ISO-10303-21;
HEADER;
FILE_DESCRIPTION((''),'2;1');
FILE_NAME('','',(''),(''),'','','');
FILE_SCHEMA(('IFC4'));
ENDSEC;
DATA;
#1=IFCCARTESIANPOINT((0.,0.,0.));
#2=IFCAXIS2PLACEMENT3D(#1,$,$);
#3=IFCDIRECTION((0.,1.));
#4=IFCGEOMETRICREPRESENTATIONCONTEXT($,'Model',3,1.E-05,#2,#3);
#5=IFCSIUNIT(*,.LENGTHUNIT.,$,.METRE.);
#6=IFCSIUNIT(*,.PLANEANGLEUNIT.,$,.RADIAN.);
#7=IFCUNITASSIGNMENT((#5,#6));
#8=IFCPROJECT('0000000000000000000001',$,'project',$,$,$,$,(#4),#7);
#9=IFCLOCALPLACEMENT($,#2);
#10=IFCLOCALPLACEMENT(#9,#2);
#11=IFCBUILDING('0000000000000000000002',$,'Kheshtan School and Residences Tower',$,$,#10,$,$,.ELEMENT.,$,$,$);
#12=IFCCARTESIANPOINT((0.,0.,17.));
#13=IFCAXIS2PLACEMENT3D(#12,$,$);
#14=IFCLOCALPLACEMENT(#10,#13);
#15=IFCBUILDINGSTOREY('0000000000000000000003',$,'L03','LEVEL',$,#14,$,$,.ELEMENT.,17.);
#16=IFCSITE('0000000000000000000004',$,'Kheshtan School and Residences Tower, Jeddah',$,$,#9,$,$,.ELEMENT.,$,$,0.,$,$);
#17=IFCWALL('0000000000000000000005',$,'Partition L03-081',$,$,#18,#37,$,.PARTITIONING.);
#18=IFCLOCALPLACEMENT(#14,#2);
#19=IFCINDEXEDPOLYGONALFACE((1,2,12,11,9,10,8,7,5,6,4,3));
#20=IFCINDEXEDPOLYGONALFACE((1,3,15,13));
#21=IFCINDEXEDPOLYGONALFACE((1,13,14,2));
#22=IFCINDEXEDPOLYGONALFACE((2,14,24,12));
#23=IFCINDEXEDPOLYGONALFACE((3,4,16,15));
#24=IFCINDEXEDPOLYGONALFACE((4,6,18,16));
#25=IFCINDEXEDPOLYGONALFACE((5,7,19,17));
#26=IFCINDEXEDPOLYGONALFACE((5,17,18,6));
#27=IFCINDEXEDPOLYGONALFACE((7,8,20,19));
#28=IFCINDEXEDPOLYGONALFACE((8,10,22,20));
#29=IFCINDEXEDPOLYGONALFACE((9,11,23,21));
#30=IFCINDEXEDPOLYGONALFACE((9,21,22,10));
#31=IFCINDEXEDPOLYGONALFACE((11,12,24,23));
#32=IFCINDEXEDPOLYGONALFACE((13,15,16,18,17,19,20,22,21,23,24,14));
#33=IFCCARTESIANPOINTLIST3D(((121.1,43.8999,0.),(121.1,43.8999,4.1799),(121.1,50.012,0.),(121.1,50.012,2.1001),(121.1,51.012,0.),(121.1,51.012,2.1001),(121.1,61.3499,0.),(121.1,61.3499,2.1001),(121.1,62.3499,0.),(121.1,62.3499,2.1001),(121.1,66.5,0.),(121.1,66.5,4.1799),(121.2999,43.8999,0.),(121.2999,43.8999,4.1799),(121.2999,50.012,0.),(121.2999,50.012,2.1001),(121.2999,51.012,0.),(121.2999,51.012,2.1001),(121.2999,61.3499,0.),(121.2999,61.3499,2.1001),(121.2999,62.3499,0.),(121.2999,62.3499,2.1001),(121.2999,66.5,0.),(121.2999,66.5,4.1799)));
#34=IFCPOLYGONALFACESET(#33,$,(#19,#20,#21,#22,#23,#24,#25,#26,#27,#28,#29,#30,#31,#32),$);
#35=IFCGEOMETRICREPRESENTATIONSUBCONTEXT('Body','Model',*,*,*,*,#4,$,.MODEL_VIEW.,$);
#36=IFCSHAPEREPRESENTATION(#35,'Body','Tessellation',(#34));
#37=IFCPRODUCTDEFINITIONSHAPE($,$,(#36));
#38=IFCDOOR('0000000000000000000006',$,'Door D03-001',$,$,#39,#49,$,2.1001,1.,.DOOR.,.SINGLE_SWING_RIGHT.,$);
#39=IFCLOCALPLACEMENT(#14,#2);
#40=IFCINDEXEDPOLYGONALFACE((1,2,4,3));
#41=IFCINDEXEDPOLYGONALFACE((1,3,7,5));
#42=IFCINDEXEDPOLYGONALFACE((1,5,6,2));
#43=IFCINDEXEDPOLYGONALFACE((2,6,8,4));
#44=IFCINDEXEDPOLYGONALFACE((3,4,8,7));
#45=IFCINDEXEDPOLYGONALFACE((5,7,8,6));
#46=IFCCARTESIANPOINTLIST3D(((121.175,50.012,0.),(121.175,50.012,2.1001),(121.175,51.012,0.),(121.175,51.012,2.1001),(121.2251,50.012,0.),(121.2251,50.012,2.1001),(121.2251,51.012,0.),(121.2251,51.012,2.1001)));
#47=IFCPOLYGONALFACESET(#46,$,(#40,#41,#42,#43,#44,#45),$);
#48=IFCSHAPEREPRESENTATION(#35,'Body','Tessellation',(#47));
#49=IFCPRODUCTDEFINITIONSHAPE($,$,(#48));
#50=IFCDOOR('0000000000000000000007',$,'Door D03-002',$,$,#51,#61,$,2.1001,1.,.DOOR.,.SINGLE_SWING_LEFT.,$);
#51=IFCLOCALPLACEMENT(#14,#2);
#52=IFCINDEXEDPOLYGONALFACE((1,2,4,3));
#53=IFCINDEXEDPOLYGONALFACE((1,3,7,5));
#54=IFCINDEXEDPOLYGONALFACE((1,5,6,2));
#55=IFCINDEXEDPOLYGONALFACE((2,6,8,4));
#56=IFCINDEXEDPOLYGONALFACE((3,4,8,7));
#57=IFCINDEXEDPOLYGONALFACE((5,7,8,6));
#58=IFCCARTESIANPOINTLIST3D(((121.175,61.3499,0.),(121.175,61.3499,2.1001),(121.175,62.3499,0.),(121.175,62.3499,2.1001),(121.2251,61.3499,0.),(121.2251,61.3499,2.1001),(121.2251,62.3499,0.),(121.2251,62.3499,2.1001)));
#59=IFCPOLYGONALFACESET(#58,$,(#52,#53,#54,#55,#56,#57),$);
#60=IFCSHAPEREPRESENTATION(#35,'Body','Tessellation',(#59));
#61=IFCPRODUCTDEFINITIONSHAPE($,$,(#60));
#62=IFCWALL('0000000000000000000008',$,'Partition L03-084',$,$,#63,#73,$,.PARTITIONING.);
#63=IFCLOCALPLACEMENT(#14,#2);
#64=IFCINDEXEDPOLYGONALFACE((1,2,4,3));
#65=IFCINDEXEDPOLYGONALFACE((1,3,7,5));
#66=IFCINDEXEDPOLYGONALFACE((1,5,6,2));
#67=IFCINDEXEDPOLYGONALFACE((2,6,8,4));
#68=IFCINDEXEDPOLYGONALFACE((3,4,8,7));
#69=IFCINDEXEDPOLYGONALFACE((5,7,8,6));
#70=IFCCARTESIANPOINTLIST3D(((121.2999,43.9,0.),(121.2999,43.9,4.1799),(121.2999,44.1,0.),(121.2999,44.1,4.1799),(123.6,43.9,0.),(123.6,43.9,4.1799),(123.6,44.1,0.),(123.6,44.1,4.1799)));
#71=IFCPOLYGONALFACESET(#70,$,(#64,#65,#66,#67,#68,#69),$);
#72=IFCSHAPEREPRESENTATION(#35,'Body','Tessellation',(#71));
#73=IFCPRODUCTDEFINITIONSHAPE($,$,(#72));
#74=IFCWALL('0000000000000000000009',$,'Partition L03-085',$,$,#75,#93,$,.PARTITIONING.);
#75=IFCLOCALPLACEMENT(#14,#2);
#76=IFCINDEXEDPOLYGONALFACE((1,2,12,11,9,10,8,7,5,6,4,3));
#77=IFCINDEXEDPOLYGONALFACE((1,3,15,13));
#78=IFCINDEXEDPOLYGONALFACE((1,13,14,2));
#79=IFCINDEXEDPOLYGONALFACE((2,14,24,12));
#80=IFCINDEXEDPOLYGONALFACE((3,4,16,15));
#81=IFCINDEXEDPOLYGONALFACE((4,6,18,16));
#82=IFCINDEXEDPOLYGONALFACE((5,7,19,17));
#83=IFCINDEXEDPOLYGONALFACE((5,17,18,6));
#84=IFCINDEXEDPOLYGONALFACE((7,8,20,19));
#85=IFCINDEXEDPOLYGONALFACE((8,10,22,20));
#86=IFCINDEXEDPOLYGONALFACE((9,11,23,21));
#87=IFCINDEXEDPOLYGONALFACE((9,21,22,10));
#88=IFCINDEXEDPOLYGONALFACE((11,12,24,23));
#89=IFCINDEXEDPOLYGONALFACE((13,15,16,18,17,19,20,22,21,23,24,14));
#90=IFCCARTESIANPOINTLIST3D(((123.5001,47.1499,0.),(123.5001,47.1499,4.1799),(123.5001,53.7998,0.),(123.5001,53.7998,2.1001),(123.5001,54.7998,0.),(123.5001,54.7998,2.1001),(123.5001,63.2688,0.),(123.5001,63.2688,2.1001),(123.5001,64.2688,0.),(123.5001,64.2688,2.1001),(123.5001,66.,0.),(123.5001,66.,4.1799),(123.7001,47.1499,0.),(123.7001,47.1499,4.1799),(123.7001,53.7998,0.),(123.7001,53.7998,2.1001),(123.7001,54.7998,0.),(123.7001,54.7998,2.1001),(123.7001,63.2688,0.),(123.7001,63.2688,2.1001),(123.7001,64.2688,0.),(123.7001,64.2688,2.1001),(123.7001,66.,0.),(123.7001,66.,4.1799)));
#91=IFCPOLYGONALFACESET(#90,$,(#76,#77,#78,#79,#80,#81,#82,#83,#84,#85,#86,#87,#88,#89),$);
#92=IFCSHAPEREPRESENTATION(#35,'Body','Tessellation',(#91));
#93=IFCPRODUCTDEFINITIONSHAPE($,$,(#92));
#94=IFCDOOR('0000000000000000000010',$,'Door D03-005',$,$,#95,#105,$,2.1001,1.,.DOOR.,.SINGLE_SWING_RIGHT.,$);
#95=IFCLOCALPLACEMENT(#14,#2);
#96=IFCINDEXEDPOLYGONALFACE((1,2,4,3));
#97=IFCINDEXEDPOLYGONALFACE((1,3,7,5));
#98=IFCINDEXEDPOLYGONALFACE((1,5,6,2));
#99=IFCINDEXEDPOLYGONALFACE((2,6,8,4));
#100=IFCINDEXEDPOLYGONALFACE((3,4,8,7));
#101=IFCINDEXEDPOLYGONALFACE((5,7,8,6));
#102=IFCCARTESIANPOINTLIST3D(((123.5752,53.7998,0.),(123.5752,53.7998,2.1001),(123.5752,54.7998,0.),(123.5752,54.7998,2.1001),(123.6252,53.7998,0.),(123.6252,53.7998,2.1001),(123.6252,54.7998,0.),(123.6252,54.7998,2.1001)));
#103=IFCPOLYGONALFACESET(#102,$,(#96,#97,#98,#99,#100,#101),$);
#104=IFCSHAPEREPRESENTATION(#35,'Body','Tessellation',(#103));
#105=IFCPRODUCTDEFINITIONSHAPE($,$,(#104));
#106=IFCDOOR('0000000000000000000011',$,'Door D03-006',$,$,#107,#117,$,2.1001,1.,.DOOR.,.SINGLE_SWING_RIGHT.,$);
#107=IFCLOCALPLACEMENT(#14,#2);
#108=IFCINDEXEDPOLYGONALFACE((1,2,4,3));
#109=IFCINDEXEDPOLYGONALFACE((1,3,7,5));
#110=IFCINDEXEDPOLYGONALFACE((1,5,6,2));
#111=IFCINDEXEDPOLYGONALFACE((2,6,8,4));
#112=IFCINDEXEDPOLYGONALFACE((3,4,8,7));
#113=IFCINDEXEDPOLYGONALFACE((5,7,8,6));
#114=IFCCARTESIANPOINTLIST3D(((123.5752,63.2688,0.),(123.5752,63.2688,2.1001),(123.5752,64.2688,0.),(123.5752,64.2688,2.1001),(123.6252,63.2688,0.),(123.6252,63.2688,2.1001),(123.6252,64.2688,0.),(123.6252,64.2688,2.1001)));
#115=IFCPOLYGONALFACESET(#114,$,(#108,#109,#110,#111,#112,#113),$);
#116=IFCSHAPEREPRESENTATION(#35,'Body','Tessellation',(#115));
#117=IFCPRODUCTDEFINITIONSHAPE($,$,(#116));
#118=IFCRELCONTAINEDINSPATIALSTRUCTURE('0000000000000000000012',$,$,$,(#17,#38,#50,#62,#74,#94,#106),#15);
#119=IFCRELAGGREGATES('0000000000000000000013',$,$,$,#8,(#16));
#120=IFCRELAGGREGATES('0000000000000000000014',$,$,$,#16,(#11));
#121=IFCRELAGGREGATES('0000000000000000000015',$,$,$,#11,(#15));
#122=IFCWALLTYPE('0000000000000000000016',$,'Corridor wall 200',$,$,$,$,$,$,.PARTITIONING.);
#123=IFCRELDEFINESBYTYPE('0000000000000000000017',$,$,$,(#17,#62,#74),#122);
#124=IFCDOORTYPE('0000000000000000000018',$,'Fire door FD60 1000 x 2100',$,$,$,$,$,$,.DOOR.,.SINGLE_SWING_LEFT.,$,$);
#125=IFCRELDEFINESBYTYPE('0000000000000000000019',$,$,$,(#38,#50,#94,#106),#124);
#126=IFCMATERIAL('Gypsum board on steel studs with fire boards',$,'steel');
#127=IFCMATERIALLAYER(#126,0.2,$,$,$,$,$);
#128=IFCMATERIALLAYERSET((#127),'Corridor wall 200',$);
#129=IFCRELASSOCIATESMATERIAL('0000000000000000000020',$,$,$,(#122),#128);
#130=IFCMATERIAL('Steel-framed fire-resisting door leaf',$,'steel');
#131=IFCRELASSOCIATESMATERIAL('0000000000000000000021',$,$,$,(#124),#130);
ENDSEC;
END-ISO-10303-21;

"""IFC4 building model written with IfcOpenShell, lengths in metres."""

from ifc_helpers import new_model, si_unit, direction, frame, frame_2d, origin, place, context, subcontext, project, spatial, rectangle, extrude, source, transform, mapped, material, layer, layer_set, type_object, element, fill, save


model = new_model("IFC4")

# Units and contexts
model_context = context("Model", 3, precision=1e-05, world=origin(), true_north=direction((0.0, 1.0)))
body_context = subcontext(model_context, "Body", "Model", "MODEL_VIEW")
ifc_project = project(units=[si_unit("LENGTHUNIT", "METRE"), si_unit("PLANEANGLEUNIT", "RADIAN")], contexts=[model_context])

# Site, building, storey
site_placement = place(None, origin())
site = spatial("IfcSite", under=ifc_project, at=site_placement, Name="Kheshtan School and Residences Tower, Jeddah", CompositionType="ELEMENT", RefElevation=0.0)
building_placement = place(site_placement, origin())
building = spatial("IfcBuilding", under=site, at=building_placement, Name="Kheshtan School and Residences Tower", CompositionType="ELEMENT")
storey_placement = place(building_placement, frame((0.0, 0.0, 17.0)))
storey = spatial("IfcBuildingStorey", under=building, at=storey_placement, Name="L03", Description="LEVEL", CompositionType="ELEMENT", Elevation=17.0)

# Wall, openings, doors
ifc_material_1 = material(Name="Gypsum board on steel studs with fire boards", Category="steel")
ifc_layer_1 = layer(ifc_material_1, 0.2)
ifc_layer_set_1 = layer_set([ifc_layer_1], Name="Corridor wall 200")
wall_type_1 = type_object("IfcWallType", Name="Corridor wall 200", PredefinedType="PARTITIONING", material=ifc_layer_set_1)
wall_1_placement = place(storey_placement, frame((121.2, 43.8999, 0.0), z_axis=(0.0, 0.0, 1.0), x_axis=(0.0, 1.0, 0.0)))
wall_1 = element("IfcWall", 1, at=wall_1_placement, inside=storey, type_object=wall_type_1, Name="Partition L03-081", PredefinedType="PARTITIONING", context=body_context, shape_type="SweptSolid", body=[
    extrude(rectangle(XDim=22.6001, YDim=0.2, at=frame_2d((11.3, 0.0))), origin(), (0.0, 0.0, 1.0), 4.1799),
])
opening_1_placement = place(wall_1_placement, frame((6.1121, 0.0, 0.0)))
opening_1 = element("IfcOpeningElement", 2, at=opening_1_placement, cuts=wall_1, PredefinedType="OPENING", context=body_context, shape_type="SweptSolid", body=[
    extrude(rectangle(XDim=1.0, YDim=2.1001, at=frame_2d((0.5, 1.05))), frame((0.0, 0.1099, 0.0), z_axis=(0.0, -1.0, 0.0), x_axis=(1.0, 0.0, 0.0)), (0.0, 0.0, 1.0), 0.22),
])
opening_2_placement = place(wall_1_placement, frame((17.45, 0.0, 0.0)))
opening_2 = element("IfcOpeningElement", 3, at=opening_2_placement, cuts=wall_1, PredefinedType="OPENING", context=body_context, shape_type="SweptSolid", body=[
    extrude(rectangle(XDim=1.0, YDim=2.1001, at=frame_2d((0.5, 1.05))), frame((0.0, 0.1099, 0.0), z_axis=(0.0, -1.0, 0.0), x_axis=(1.0, 0.0, 0.0)), (0.0, 0.0, 1.0), 0.22),
])
ifc_material_2 = material(Name="Steel-framed fire-resisting door leaf", Category="steel")
door_type_1 = type_object("IfcDoorType", Name="Fire door FD60 1000 x 2100", OperationType="SINGLE_SWING_LEFT", PredefinedType="DOOR", material=ifc_material_2)
shared_shape_1 = source(origin(), body_context, "Body", "SweptSolid", [
    extrude(rectangle(XDim=1.0, YDim=2.1001, at=frame_2d((0.5, 1.05))), frame((0.0, 0.0249, 0.0), z_axis=(0.0, -1.0, 0.0), x_axis=(1.0, 0.0, 0.0)), (0.0, 0.0, 1.0), 0.05),
])
door_1_placement = place(opening_1_placement, origin())
door_1 = element("IfcDoor", 4, at=door_1_placement, inside=storey, type_object=door_type_1, Name="Door D03-001", OperationType="SINGLE_SWING_RIGHT", OverallHeight=2.1001, OverallWidth=1.0, PredefinedType="DOOR", context=body_context, shape_type="MappedRepresentation", body=[
    mapped(shared_shape_1, transform((0.0, 0.0, 0.0), x_axis=(1.0, 0.0, 0.0), y_axis=(0.0, 1.0, 0.0), z_axis=(0.0, 0.0, 1.0), scale=1.0)),
])
fill(opening_1, door_1)
door_2_placement = place(opening_2_placement, origin())
door_2 = element("IfcDoor", 5, at=door_2_placement, inside=storey, type_object=door_type_1, Name="Door D03-002", OperationType="SINGLE_SWING_LEFT", OverallHeight=2.1001, OverallWidth=1.0, PredefinedType="DOOR", context=body_context, shape_type="MappedRepresentation", body=[
    mapped(shared_shape_1, transform((0.0, 0.0, 0.0), x_axis=(1.0, 0.0, 0.0), y_axis=(0.0, 1.0, 0.0), z_axis=(0.0, 0.0, 1.0), scale=1.0)),
])
fill(opening_2, door_2)

# Wall
wall_2_placement = place(storey_placement, frame((121.3, 44.0, 0.0), z_axis=(0.0, 0.0, 1.0), x_axis=(1.0, 0.0, 0.0)))
element("IfcWall", 6, at=wall_2_placement, inside=storey, type_object=wall_type_1, Name="Partition L03-084", PredefinedType="PARTITIONING", context=body_context, shape_type="SweptSolid", body=[
    extrude(rectangle(XDim=2.3, YDim=0.2, at=frame_2d((1.1499, 0.0))), origin(), (0.0, 0.0, 1.0), 4.1799),
])

# Wall, openings, doors
wall_3_placement = place(storey_placement, frame((123.6001, 47.1499, 0.0), z_axis=(0.0, 0.0, 1.0), x_axis=(0.0, 1.0, 0.0)))
wall_3 = element("IfcWall", 7, at=wall_3_placement, inside=storey, type_object=wall_type_1, Name="Partition L03-085", PredefinedType="PARTITIONING", context=body_context, shape_type="SweptSolid", body=[
    extrude(rectangle(XDim=18.8501, YDim=0.2, at=frame_2d((9.425, 0.0))), origin(), (0.0, 0.0, 1.0), 4.1799),
])
opening_3_placement = place(wall_3_placement, frame((6.6499, 0.0, 0.0)))
opening_3 = element("IfcOpeningElement", 8, at=opening_3_placement, cuts=wall_3, PredefinedType="OPENING", context=body_context, shape_type="SweptSolid", body=[
    extrude(rectangle(XDim=1.0, YDim=2.1001, at=frame_2d((0.5, 1.05))), frame((0.0, 0.1099, 0.0), z_axis=(0.0, -1.0, 0.0), x_axis=(1.0, 0.0, 0.0)), (0.0, 0.0, 1.0), 0.22),
])
opening_4_placement = place(wall_3_placement, frame((16.1189, 0.0, 0.0)))
opening_4 = element("IfcOpeningElement", 9, at=opening_4_placement, cuts=wall_3, PredefinedType="OPENING", context=body_context, shape_type="SweptSolid", body=[
    extrude(rectangle(XDim=1.0, YDim=2.1001, at=frame_2d((0.5, 1.05))), frame((0.0, 0.1099, 0.0), z_axis=(0.0, -1.0, 0.0), x_axis=(1.0, 0.0, 0.0)), (0.0, 0.0, 1.0), 0.22),
])
door_3_placement = place(opening_3_placement, origin())
door_3 = element("IfcDoor", 10, at=door_3_placement, inside=storey, type_object=door_type_1, Name="Door D03-005", OperationType="SINGLE_SWING_RIGHT", OverallHeight=2.1001, OverallWidth=1.0, PredefinedType="DOOR", context=body_context, shape_type="MappedRepresentation", body=[
    mapped(shared_shape_1, transform((0.0, 0.0, 0.0), x_axis=(1.0, 0.0, 0.0), y_axis=(0.0, 1.0, 0.0), z_axis=(0.0, 0.0, 1.0), scale=1.0)),
])
fill(opening_3, door_3)
door_4_placement = place(opening_4_placement, origin())
door_4 = element("IfcDoor", 11, at=door_4_placement, inside=storey, type_object=door_type_1, Name="Door D03-006", OperationType="SINGLE_SWING_RIGHT", OverallHeight=2.1001, OverallWidth=1.0, PredefinedType="DOOR", context=body_context, shape_type="MappedRepresentation", body=[
    mapped(shared_shape_1, transform((0.0, 0.0, 0.0), x_axis=(1.0, 0.0, 0.0), y_axis=(0.0, 1.0, 0.0), z_axis=(0.0, 0.0, 1.0), scale=1.0)),
])
fill(opening_4, door_4)

save(model, "model.ifc")
